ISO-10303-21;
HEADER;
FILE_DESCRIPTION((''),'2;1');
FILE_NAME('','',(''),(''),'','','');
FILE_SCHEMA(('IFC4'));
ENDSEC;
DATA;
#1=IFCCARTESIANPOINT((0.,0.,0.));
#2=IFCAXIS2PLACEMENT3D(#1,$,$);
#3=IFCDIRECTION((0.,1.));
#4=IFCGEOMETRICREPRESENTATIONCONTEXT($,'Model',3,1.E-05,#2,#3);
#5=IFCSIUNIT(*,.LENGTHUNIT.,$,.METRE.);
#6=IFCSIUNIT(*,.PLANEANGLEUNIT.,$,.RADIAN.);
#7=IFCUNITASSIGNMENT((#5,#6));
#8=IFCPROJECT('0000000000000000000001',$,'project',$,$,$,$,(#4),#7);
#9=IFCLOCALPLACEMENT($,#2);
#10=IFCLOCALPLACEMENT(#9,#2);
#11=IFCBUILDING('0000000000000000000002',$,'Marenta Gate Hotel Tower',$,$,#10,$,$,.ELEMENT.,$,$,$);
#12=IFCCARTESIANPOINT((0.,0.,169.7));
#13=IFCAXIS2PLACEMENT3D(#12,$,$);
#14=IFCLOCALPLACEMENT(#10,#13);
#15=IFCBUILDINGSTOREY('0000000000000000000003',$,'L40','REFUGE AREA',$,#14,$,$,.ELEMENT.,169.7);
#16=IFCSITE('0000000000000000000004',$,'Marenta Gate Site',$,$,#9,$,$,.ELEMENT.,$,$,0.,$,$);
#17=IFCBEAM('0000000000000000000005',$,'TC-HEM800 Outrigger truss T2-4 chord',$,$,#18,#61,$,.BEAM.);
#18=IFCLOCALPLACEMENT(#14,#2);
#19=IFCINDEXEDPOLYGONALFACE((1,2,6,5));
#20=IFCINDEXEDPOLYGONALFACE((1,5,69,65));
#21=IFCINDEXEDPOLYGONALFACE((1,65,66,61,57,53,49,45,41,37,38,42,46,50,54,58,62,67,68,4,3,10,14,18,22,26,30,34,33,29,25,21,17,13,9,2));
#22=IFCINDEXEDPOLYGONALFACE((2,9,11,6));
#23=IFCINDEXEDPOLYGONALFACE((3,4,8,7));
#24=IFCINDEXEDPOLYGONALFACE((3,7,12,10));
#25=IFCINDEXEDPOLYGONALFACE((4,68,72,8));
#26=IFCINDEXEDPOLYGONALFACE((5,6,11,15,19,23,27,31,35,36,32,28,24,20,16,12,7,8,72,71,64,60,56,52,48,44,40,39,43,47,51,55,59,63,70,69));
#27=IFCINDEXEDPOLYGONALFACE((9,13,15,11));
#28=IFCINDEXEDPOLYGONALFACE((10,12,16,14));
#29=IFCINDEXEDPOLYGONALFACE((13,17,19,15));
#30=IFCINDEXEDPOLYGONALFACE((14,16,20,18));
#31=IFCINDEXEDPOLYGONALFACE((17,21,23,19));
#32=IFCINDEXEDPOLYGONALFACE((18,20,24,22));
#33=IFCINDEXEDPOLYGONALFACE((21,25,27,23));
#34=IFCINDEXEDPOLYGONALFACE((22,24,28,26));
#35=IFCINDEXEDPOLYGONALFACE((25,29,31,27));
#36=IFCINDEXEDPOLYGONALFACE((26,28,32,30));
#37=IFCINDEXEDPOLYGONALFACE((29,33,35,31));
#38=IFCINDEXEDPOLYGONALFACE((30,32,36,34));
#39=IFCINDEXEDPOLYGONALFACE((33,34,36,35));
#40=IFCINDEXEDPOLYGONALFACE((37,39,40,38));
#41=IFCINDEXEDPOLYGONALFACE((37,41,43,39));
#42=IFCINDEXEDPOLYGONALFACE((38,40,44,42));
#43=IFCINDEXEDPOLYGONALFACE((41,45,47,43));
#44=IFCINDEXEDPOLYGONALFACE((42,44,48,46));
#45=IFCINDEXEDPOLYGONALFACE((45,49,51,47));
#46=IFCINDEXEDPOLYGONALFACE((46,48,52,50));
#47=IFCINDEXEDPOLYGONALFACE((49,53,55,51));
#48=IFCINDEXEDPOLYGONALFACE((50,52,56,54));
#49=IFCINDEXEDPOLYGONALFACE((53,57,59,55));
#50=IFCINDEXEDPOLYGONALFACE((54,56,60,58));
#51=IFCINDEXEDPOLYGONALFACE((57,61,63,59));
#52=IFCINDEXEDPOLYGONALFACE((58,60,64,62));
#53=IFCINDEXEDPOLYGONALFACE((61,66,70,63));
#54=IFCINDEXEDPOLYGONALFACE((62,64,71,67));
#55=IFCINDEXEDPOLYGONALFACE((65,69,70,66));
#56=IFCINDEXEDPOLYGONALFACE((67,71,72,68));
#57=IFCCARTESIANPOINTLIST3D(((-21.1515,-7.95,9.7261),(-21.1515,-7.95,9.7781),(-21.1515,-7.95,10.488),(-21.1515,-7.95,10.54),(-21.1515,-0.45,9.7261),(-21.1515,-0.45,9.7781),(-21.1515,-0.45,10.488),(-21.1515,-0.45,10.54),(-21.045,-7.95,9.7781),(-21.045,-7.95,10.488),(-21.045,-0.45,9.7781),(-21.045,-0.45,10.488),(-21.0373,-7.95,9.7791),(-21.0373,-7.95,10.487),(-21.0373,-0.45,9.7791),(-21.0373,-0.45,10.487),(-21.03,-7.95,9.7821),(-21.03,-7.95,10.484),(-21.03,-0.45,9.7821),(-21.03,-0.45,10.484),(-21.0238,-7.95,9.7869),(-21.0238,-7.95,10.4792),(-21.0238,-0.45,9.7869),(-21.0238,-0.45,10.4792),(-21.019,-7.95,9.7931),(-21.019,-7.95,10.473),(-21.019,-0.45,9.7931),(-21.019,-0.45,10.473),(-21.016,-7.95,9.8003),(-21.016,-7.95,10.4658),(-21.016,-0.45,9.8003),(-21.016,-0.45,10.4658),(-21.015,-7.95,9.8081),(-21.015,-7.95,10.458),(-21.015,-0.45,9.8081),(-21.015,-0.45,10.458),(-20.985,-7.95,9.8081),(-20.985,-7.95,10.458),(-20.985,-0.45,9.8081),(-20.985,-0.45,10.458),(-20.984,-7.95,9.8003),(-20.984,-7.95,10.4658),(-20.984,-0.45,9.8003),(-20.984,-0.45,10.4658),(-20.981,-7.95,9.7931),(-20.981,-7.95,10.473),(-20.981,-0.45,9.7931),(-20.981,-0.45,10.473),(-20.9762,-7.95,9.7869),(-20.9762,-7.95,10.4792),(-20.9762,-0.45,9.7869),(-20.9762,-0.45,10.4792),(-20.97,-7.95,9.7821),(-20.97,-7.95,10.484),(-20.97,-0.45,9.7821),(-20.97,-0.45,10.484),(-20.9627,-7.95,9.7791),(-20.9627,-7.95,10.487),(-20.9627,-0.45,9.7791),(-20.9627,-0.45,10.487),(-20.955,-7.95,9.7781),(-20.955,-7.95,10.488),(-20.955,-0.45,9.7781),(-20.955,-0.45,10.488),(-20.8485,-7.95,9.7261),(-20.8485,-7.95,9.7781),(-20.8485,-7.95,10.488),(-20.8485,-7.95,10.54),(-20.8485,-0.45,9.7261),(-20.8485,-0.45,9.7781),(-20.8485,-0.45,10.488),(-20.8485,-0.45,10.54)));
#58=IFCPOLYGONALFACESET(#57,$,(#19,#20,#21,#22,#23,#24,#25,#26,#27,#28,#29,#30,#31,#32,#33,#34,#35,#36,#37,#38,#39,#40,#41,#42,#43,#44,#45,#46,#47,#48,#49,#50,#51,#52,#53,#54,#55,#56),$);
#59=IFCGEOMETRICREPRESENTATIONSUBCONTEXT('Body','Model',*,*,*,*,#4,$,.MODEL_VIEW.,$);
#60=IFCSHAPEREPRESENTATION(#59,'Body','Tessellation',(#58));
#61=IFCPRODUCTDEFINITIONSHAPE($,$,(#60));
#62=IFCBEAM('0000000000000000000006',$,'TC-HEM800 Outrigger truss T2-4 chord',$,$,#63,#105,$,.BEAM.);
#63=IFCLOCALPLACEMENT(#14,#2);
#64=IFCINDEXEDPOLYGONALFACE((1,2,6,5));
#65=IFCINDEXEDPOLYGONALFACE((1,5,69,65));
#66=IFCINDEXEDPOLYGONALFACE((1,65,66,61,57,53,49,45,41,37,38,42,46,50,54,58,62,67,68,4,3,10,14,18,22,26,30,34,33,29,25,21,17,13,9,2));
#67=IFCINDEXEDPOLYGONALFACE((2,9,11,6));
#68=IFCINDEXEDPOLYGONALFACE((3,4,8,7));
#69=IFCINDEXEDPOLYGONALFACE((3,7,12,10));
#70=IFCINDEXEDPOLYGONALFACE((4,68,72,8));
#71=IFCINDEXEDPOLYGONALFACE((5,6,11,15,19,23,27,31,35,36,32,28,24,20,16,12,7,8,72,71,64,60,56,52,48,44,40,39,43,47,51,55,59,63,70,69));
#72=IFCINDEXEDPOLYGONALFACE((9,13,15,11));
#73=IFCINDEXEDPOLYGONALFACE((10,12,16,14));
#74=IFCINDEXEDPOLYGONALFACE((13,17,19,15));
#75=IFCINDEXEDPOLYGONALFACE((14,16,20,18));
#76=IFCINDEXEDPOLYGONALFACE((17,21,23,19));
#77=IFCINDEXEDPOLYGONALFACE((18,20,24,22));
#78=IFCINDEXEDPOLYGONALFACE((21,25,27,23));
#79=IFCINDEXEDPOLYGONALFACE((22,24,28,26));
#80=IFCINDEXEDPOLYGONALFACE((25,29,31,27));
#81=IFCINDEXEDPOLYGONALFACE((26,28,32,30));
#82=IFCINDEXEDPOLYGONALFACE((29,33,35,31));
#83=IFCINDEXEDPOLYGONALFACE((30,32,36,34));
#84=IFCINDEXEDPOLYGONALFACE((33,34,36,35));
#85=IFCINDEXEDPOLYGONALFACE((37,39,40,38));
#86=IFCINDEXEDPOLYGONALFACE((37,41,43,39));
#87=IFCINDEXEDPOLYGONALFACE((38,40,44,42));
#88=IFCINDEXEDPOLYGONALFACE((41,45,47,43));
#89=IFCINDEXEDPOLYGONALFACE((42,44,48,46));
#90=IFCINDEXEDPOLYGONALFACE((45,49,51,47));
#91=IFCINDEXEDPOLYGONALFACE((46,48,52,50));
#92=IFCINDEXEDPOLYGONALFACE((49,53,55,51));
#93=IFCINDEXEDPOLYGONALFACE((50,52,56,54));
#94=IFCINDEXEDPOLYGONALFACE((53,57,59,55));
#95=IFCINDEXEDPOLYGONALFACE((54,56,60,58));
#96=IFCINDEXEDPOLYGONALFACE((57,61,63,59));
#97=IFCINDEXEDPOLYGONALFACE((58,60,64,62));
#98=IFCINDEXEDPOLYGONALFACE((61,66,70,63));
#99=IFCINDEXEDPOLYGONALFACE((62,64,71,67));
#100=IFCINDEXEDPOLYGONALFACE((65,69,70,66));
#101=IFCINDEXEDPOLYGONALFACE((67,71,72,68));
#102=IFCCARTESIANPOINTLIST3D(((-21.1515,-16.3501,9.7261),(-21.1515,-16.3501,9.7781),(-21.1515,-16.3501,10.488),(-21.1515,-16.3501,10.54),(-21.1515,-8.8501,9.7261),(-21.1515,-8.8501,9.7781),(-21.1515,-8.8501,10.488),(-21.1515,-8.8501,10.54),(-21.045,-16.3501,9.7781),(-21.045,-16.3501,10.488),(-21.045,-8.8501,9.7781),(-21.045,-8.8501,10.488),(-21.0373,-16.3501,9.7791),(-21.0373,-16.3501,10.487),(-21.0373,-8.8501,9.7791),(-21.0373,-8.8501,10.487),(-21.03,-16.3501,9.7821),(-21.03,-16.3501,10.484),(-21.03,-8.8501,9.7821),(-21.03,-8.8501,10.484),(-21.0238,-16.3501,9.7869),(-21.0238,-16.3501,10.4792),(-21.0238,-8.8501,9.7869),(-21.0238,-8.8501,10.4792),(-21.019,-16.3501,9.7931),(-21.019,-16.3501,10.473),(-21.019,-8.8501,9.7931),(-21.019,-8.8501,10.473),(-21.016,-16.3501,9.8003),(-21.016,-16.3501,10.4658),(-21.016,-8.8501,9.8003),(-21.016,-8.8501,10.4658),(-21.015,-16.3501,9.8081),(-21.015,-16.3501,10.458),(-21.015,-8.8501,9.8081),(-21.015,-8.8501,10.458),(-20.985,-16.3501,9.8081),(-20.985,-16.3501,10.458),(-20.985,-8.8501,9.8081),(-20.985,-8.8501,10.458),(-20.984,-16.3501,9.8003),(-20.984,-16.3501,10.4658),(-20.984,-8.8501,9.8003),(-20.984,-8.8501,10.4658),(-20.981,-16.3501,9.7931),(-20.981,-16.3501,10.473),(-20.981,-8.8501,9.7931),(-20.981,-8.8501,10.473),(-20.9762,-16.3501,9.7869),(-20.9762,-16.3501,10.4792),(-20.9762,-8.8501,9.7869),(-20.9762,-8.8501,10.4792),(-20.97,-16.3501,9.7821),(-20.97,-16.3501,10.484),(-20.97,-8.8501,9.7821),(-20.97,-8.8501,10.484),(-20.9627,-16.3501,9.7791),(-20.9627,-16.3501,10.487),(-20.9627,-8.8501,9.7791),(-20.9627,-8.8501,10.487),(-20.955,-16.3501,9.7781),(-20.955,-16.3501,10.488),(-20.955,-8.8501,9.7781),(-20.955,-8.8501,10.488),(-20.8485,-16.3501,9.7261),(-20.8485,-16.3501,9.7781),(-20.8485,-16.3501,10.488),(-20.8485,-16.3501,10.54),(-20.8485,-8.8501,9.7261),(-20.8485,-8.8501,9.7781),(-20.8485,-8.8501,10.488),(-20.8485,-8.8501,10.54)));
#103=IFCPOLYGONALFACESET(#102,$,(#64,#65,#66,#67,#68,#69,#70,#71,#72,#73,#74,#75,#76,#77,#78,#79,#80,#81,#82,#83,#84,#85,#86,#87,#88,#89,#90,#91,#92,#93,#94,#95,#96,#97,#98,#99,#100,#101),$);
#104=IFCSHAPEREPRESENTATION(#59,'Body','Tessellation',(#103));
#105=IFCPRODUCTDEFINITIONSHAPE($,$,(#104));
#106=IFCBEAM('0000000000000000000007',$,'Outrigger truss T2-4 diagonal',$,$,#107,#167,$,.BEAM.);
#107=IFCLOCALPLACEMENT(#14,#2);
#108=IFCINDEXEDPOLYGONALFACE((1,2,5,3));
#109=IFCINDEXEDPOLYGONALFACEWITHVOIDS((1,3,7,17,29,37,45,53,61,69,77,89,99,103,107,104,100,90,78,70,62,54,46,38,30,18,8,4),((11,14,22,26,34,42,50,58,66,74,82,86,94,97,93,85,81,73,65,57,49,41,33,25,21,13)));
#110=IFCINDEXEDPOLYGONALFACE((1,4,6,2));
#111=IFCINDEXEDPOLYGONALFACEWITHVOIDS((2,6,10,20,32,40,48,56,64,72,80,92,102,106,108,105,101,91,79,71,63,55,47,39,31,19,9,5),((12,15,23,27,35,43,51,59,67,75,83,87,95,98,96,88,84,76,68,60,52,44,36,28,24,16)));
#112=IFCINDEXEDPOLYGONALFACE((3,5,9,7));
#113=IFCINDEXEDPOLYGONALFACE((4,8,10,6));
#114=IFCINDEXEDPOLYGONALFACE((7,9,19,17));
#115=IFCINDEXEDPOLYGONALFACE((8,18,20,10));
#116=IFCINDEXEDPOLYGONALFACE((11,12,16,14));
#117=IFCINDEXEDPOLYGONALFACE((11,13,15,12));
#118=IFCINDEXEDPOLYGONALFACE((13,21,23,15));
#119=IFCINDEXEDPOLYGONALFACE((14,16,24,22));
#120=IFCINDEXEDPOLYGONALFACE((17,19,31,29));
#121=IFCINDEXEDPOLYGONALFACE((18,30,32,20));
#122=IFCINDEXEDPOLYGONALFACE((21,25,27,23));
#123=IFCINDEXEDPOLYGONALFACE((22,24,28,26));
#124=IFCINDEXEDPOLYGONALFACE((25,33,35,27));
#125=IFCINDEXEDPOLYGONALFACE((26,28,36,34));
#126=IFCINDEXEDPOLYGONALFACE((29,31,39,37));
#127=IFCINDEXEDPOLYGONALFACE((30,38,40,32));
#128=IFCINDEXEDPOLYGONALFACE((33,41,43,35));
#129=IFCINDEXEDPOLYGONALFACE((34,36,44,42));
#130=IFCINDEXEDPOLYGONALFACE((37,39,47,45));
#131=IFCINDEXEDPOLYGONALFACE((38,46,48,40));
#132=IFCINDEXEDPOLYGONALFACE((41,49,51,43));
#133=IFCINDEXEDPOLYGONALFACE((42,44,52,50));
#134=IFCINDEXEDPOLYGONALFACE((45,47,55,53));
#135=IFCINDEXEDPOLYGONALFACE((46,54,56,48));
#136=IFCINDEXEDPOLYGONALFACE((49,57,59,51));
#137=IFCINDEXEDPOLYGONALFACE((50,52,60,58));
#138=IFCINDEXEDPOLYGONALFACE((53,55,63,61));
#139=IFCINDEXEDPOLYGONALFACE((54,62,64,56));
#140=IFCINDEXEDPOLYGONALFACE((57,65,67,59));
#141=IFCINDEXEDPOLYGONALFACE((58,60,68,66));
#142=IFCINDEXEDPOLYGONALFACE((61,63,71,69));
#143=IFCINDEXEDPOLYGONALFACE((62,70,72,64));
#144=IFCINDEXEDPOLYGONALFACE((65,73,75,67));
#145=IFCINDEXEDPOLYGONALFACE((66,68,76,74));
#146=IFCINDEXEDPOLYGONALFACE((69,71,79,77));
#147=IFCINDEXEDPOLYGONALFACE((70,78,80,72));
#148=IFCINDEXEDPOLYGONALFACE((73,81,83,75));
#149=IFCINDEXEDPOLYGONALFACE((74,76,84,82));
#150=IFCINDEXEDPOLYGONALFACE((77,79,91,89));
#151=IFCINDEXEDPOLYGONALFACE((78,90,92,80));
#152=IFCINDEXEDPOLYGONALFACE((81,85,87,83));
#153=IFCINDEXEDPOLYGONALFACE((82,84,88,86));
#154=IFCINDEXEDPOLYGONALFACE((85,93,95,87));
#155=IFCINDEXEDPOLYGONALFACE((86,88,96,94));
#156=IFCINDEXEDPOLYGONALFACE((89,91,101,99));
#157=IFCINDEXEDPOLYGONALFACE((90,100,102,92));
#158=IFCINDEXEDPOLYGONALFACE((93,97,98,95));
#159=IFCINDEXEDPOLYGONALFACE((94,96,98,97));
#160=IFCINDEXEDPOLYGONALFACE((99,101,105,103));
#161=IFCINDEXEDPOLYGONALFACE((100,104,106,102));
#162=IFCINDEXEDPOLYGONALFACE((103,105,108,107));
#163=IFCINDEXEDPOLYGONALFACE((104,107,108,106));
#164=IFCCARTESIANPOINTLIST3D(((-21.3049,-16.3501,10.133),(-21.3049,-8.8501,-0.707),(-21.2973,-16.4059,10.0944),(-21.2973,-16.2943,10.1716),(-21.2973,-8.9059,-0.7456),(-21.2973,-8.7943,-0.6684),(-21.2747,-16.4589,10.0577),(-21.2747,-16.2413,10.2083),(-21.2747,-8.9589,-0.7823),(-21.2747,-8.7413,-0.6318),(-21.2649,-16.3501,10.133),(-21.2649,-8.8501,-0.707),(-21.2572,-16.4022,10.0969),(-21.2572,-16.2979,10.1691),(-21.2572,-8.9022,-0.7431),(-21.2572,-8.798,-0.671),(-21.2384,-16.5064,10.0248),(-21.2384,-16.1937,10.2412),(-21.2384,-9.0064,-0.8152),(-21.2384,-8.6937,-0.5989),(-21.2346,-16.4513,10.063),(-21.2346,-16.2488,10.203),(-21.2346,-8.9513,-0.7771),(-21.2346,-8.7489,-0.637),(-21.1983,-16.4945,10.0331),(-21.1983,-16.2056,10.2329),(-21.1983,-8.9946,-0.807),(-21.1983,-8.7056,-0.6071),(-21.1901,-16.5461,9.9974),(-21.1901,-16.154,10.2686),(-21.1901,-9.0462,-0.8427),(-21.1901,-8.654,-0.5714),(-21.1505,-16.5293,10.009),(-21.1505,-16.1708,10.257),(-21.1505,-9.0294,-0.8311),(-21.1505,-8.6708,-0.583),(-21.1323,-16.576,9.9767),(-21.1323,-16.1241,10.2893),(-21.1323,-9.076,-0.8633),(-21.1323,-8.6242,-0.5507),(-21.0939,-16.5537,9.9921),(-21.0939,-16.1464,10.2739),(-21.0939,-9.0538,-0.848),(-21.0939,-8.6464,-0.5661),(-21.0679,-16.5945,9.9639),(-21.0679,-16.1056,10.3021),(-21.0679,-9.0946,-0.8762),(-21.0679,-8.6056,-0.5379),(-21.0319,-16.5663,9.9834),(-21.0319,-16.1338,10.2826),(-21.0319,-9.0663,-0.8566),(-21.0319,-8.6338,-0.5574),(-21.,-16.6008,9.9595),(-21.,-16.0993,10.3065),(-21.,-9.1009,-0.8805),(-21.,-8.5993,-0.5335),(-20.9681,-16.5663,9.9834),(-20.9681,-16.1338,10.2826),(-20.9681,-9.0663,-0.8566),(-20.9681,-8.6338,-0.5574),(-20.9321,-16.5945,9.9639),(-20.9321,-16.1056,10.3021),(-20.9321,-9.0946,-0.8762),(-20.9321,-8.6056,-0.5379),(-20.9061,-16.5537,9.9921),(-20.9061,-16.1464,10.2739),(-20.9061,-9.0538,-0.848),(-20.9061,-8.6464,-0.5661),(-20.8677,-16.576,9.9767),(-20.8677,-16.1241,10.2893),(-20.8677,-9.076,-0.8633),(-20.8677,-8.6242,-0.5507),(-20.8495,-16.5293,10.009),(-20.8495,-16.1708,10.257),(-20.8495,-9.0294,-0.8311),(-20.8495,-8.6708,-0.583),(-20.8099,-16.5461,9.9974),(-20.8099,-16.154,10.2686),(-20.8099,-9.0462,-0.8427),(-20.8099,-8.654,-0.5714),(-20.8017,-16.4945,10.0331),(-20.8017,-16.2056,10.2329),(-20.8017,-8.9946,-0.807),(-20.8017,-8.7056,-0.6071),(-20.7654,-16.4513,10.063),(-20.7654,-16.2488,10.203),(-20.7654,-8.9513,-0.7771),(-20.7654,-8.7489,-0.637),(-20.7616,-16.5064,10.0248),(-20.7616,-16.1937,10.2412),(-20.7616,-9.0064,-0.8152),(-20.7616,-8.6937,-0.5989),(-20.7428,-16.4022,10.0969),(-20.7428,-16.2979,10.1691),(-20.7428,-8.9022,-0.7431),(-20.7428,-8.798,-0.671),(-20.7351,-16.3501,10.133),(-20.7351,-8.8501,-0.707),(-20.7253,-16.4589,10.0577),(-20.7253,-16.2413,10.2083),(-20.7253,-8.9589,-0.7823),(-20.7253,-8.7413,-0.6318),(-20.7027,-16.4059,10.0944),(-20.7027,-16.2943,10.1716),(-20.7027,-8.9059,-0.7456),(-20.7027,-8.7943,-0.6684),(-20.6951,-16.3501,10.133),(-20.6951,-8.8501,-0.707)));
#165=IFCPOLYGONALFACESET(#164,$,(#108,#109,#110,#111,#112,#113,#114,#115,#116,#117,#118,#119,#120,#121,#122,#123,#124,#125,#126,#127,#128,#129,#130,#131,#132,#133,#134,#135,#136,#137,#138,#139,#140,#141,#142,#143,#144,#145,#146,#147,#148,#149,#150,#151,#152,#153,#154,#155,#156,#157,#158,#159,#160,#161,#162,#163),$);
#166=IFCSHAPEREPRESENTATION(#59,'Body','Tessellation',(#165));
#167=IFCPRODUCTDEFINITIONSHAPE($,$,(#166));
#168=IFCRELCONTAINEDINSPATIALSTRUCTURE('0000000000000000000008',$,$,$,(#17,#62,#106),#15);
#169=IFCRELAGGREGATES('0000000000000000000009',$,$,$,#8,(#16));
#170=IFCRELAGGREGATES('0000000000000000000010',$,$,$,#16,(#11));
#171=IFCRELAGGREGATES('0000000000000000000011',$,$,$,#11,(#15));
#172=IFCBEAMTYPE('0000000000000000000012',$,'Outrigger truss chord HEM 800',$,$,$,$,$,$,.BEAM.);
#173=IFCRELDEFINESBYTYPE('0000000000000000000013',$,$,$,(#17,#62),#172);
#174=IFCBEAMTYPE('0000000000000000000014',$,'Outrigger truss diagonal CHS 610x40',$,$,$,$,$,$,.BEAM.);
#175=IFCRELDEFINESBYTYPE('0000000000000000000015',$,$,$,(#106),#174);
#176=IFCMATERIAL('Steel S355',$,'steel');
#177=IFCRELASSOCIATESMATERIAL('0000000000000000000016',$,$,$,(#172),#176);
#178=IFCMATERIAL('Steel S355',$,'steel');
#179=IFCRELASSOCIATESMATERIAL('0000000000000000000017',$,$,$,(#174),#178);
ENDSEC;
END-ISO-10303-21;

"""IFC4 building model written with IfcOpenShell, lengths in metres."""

from ifc_helpers import new_model, si_unit, direction, frame, origin, origin_2d, place, context, subcontext, project, spatial, hollow_circle, i_section, extrude, material, material_profile, profile_set, type_object, element, save


model = new_model("IFC4")

# Units and contexts
model_context = context("Model", 3, precision=1e-05, world=origin(), true_north=direction((0.0, 1.0)))
body_context = subcontext(model_context, "Body", "Model", "MODEL_VIEW")
ifc_project = project(units=[si_unit("LENGTHUNIT", "METRE"), si_unit("PLANEANGLEUNIT", "RADIAN")], contexts=[model_context])

# Site, building, storey
site_placement = place(None, origin())
site = spatial("IfcSite", under=ifc_project, at=site_placement, Name="Marenta Gate Site", CompositionType="ELEMENT", RefElevation=0.0)
building_placement = place(site_placement, origin())
building = spatial("IfcBuilding", under=site, at=building_placement, Name="Marenta Gate Hotel Tower", CompositionType="ELEMENT")
storey_placement = place(building_placement, frame((0.0, 0.0, 169.7)))
storey = spatial("IfcBuildingStorey", under=building, at=storey_placement, Name="L40", Description="REFUGE AREA", CompositionType="ELEMENT", Elevation=169.7)

# Beams
ifc_material_1 = material(Name="Steel S355", Category="steel")
ifc_material_profile_1 = material_profile(ifc_material_1, i_section(OverallWidth=0.303, OverallDepth=0.814, WebThickness=0.03, FlangeThickness=0.052, FilletRadius=0.03, at=origin_2d()), Name="HEM 800")
ifc_profile_set_1 = profile_set([ifc_material_profile_1], Name="Steel S355")
beam_type_1 = type_object("IfcBeamType", Name="Outrigger truss chord HEM 800", PredefinedType="BEAM", material=ifc_profile_set_1)
for number, where, z_axis, x_axis, name in (
    (1, (-21.0, -0.45, 10.1331), (0.0, -1.0, 0.0), (1.0, 0.0, 0.0), "TC-HEM800 Outrigger truss T2-4 chord"),
    (2, (-21.0, -8.8501, 10.1331), (0.0, -1.0, 0.0), (1.0, 0.0, 0.0), "TC-HEM800 Outrigger truss T2-4 chord"),
):
    element("IfcBeam", number, at=place(storey_placement, frame(where, z_axis=z_axis, x_axis=x_axis)), inside=storey, type_object=beam_type_1, Name=name, PredefinedType="BEAM", context=body_context, shape_type="SweptSolid", body=[
        extrude(i_section(OverallWidth=0.303, OverallDepth=0.814, WebThickness=0.03, FlangeThickness=0.052, FilletRadius=0.03, at=origin_2d()), origin(), (0.0, 0.0, 1.0), 7.5),
    ])
ifc_material_2 = material(Name="Steel S355", Category="steel")
ifc_material_profile_2 = material_profile(ifc_material_2, hollow_circle(Radius=0.3049, WallThickness=0.04, at=origin_2d()), Name="CHS 610x40")
ifc_profile_set_2 = profile_set([ifc_material_profile_2], Name="Steel S355")
beam_type_2 = type_object("IfcBeamType", Name="Outrigger truss diagonal CHS 610x40", PredefinedType="BEAM", material=ifc_profile_set_2)
beam_1_placement = place(storey_placement, frame((-21.0, -8.8501, -0.707), z_axis=(0.0, -0.56897, 0.822358), x_axis=(1.0, 0.0, 0.0)))
element("IfcBeam", 3, at=beam_1_placement, inside=storey, type_object=beam_type_2, Name="Outrigger truss T2-4 diagonal", PredefinedType="BEAM", context=body_context, shape_type="SweptSolid", body=[
    extrude(hollow_circle(Radius=0.3049, WallThickness=0.04, at=origin_2d()), origin(), (0.0, 0.0, 1.0), 13.1816),
])

save(model, "model.ifc")
